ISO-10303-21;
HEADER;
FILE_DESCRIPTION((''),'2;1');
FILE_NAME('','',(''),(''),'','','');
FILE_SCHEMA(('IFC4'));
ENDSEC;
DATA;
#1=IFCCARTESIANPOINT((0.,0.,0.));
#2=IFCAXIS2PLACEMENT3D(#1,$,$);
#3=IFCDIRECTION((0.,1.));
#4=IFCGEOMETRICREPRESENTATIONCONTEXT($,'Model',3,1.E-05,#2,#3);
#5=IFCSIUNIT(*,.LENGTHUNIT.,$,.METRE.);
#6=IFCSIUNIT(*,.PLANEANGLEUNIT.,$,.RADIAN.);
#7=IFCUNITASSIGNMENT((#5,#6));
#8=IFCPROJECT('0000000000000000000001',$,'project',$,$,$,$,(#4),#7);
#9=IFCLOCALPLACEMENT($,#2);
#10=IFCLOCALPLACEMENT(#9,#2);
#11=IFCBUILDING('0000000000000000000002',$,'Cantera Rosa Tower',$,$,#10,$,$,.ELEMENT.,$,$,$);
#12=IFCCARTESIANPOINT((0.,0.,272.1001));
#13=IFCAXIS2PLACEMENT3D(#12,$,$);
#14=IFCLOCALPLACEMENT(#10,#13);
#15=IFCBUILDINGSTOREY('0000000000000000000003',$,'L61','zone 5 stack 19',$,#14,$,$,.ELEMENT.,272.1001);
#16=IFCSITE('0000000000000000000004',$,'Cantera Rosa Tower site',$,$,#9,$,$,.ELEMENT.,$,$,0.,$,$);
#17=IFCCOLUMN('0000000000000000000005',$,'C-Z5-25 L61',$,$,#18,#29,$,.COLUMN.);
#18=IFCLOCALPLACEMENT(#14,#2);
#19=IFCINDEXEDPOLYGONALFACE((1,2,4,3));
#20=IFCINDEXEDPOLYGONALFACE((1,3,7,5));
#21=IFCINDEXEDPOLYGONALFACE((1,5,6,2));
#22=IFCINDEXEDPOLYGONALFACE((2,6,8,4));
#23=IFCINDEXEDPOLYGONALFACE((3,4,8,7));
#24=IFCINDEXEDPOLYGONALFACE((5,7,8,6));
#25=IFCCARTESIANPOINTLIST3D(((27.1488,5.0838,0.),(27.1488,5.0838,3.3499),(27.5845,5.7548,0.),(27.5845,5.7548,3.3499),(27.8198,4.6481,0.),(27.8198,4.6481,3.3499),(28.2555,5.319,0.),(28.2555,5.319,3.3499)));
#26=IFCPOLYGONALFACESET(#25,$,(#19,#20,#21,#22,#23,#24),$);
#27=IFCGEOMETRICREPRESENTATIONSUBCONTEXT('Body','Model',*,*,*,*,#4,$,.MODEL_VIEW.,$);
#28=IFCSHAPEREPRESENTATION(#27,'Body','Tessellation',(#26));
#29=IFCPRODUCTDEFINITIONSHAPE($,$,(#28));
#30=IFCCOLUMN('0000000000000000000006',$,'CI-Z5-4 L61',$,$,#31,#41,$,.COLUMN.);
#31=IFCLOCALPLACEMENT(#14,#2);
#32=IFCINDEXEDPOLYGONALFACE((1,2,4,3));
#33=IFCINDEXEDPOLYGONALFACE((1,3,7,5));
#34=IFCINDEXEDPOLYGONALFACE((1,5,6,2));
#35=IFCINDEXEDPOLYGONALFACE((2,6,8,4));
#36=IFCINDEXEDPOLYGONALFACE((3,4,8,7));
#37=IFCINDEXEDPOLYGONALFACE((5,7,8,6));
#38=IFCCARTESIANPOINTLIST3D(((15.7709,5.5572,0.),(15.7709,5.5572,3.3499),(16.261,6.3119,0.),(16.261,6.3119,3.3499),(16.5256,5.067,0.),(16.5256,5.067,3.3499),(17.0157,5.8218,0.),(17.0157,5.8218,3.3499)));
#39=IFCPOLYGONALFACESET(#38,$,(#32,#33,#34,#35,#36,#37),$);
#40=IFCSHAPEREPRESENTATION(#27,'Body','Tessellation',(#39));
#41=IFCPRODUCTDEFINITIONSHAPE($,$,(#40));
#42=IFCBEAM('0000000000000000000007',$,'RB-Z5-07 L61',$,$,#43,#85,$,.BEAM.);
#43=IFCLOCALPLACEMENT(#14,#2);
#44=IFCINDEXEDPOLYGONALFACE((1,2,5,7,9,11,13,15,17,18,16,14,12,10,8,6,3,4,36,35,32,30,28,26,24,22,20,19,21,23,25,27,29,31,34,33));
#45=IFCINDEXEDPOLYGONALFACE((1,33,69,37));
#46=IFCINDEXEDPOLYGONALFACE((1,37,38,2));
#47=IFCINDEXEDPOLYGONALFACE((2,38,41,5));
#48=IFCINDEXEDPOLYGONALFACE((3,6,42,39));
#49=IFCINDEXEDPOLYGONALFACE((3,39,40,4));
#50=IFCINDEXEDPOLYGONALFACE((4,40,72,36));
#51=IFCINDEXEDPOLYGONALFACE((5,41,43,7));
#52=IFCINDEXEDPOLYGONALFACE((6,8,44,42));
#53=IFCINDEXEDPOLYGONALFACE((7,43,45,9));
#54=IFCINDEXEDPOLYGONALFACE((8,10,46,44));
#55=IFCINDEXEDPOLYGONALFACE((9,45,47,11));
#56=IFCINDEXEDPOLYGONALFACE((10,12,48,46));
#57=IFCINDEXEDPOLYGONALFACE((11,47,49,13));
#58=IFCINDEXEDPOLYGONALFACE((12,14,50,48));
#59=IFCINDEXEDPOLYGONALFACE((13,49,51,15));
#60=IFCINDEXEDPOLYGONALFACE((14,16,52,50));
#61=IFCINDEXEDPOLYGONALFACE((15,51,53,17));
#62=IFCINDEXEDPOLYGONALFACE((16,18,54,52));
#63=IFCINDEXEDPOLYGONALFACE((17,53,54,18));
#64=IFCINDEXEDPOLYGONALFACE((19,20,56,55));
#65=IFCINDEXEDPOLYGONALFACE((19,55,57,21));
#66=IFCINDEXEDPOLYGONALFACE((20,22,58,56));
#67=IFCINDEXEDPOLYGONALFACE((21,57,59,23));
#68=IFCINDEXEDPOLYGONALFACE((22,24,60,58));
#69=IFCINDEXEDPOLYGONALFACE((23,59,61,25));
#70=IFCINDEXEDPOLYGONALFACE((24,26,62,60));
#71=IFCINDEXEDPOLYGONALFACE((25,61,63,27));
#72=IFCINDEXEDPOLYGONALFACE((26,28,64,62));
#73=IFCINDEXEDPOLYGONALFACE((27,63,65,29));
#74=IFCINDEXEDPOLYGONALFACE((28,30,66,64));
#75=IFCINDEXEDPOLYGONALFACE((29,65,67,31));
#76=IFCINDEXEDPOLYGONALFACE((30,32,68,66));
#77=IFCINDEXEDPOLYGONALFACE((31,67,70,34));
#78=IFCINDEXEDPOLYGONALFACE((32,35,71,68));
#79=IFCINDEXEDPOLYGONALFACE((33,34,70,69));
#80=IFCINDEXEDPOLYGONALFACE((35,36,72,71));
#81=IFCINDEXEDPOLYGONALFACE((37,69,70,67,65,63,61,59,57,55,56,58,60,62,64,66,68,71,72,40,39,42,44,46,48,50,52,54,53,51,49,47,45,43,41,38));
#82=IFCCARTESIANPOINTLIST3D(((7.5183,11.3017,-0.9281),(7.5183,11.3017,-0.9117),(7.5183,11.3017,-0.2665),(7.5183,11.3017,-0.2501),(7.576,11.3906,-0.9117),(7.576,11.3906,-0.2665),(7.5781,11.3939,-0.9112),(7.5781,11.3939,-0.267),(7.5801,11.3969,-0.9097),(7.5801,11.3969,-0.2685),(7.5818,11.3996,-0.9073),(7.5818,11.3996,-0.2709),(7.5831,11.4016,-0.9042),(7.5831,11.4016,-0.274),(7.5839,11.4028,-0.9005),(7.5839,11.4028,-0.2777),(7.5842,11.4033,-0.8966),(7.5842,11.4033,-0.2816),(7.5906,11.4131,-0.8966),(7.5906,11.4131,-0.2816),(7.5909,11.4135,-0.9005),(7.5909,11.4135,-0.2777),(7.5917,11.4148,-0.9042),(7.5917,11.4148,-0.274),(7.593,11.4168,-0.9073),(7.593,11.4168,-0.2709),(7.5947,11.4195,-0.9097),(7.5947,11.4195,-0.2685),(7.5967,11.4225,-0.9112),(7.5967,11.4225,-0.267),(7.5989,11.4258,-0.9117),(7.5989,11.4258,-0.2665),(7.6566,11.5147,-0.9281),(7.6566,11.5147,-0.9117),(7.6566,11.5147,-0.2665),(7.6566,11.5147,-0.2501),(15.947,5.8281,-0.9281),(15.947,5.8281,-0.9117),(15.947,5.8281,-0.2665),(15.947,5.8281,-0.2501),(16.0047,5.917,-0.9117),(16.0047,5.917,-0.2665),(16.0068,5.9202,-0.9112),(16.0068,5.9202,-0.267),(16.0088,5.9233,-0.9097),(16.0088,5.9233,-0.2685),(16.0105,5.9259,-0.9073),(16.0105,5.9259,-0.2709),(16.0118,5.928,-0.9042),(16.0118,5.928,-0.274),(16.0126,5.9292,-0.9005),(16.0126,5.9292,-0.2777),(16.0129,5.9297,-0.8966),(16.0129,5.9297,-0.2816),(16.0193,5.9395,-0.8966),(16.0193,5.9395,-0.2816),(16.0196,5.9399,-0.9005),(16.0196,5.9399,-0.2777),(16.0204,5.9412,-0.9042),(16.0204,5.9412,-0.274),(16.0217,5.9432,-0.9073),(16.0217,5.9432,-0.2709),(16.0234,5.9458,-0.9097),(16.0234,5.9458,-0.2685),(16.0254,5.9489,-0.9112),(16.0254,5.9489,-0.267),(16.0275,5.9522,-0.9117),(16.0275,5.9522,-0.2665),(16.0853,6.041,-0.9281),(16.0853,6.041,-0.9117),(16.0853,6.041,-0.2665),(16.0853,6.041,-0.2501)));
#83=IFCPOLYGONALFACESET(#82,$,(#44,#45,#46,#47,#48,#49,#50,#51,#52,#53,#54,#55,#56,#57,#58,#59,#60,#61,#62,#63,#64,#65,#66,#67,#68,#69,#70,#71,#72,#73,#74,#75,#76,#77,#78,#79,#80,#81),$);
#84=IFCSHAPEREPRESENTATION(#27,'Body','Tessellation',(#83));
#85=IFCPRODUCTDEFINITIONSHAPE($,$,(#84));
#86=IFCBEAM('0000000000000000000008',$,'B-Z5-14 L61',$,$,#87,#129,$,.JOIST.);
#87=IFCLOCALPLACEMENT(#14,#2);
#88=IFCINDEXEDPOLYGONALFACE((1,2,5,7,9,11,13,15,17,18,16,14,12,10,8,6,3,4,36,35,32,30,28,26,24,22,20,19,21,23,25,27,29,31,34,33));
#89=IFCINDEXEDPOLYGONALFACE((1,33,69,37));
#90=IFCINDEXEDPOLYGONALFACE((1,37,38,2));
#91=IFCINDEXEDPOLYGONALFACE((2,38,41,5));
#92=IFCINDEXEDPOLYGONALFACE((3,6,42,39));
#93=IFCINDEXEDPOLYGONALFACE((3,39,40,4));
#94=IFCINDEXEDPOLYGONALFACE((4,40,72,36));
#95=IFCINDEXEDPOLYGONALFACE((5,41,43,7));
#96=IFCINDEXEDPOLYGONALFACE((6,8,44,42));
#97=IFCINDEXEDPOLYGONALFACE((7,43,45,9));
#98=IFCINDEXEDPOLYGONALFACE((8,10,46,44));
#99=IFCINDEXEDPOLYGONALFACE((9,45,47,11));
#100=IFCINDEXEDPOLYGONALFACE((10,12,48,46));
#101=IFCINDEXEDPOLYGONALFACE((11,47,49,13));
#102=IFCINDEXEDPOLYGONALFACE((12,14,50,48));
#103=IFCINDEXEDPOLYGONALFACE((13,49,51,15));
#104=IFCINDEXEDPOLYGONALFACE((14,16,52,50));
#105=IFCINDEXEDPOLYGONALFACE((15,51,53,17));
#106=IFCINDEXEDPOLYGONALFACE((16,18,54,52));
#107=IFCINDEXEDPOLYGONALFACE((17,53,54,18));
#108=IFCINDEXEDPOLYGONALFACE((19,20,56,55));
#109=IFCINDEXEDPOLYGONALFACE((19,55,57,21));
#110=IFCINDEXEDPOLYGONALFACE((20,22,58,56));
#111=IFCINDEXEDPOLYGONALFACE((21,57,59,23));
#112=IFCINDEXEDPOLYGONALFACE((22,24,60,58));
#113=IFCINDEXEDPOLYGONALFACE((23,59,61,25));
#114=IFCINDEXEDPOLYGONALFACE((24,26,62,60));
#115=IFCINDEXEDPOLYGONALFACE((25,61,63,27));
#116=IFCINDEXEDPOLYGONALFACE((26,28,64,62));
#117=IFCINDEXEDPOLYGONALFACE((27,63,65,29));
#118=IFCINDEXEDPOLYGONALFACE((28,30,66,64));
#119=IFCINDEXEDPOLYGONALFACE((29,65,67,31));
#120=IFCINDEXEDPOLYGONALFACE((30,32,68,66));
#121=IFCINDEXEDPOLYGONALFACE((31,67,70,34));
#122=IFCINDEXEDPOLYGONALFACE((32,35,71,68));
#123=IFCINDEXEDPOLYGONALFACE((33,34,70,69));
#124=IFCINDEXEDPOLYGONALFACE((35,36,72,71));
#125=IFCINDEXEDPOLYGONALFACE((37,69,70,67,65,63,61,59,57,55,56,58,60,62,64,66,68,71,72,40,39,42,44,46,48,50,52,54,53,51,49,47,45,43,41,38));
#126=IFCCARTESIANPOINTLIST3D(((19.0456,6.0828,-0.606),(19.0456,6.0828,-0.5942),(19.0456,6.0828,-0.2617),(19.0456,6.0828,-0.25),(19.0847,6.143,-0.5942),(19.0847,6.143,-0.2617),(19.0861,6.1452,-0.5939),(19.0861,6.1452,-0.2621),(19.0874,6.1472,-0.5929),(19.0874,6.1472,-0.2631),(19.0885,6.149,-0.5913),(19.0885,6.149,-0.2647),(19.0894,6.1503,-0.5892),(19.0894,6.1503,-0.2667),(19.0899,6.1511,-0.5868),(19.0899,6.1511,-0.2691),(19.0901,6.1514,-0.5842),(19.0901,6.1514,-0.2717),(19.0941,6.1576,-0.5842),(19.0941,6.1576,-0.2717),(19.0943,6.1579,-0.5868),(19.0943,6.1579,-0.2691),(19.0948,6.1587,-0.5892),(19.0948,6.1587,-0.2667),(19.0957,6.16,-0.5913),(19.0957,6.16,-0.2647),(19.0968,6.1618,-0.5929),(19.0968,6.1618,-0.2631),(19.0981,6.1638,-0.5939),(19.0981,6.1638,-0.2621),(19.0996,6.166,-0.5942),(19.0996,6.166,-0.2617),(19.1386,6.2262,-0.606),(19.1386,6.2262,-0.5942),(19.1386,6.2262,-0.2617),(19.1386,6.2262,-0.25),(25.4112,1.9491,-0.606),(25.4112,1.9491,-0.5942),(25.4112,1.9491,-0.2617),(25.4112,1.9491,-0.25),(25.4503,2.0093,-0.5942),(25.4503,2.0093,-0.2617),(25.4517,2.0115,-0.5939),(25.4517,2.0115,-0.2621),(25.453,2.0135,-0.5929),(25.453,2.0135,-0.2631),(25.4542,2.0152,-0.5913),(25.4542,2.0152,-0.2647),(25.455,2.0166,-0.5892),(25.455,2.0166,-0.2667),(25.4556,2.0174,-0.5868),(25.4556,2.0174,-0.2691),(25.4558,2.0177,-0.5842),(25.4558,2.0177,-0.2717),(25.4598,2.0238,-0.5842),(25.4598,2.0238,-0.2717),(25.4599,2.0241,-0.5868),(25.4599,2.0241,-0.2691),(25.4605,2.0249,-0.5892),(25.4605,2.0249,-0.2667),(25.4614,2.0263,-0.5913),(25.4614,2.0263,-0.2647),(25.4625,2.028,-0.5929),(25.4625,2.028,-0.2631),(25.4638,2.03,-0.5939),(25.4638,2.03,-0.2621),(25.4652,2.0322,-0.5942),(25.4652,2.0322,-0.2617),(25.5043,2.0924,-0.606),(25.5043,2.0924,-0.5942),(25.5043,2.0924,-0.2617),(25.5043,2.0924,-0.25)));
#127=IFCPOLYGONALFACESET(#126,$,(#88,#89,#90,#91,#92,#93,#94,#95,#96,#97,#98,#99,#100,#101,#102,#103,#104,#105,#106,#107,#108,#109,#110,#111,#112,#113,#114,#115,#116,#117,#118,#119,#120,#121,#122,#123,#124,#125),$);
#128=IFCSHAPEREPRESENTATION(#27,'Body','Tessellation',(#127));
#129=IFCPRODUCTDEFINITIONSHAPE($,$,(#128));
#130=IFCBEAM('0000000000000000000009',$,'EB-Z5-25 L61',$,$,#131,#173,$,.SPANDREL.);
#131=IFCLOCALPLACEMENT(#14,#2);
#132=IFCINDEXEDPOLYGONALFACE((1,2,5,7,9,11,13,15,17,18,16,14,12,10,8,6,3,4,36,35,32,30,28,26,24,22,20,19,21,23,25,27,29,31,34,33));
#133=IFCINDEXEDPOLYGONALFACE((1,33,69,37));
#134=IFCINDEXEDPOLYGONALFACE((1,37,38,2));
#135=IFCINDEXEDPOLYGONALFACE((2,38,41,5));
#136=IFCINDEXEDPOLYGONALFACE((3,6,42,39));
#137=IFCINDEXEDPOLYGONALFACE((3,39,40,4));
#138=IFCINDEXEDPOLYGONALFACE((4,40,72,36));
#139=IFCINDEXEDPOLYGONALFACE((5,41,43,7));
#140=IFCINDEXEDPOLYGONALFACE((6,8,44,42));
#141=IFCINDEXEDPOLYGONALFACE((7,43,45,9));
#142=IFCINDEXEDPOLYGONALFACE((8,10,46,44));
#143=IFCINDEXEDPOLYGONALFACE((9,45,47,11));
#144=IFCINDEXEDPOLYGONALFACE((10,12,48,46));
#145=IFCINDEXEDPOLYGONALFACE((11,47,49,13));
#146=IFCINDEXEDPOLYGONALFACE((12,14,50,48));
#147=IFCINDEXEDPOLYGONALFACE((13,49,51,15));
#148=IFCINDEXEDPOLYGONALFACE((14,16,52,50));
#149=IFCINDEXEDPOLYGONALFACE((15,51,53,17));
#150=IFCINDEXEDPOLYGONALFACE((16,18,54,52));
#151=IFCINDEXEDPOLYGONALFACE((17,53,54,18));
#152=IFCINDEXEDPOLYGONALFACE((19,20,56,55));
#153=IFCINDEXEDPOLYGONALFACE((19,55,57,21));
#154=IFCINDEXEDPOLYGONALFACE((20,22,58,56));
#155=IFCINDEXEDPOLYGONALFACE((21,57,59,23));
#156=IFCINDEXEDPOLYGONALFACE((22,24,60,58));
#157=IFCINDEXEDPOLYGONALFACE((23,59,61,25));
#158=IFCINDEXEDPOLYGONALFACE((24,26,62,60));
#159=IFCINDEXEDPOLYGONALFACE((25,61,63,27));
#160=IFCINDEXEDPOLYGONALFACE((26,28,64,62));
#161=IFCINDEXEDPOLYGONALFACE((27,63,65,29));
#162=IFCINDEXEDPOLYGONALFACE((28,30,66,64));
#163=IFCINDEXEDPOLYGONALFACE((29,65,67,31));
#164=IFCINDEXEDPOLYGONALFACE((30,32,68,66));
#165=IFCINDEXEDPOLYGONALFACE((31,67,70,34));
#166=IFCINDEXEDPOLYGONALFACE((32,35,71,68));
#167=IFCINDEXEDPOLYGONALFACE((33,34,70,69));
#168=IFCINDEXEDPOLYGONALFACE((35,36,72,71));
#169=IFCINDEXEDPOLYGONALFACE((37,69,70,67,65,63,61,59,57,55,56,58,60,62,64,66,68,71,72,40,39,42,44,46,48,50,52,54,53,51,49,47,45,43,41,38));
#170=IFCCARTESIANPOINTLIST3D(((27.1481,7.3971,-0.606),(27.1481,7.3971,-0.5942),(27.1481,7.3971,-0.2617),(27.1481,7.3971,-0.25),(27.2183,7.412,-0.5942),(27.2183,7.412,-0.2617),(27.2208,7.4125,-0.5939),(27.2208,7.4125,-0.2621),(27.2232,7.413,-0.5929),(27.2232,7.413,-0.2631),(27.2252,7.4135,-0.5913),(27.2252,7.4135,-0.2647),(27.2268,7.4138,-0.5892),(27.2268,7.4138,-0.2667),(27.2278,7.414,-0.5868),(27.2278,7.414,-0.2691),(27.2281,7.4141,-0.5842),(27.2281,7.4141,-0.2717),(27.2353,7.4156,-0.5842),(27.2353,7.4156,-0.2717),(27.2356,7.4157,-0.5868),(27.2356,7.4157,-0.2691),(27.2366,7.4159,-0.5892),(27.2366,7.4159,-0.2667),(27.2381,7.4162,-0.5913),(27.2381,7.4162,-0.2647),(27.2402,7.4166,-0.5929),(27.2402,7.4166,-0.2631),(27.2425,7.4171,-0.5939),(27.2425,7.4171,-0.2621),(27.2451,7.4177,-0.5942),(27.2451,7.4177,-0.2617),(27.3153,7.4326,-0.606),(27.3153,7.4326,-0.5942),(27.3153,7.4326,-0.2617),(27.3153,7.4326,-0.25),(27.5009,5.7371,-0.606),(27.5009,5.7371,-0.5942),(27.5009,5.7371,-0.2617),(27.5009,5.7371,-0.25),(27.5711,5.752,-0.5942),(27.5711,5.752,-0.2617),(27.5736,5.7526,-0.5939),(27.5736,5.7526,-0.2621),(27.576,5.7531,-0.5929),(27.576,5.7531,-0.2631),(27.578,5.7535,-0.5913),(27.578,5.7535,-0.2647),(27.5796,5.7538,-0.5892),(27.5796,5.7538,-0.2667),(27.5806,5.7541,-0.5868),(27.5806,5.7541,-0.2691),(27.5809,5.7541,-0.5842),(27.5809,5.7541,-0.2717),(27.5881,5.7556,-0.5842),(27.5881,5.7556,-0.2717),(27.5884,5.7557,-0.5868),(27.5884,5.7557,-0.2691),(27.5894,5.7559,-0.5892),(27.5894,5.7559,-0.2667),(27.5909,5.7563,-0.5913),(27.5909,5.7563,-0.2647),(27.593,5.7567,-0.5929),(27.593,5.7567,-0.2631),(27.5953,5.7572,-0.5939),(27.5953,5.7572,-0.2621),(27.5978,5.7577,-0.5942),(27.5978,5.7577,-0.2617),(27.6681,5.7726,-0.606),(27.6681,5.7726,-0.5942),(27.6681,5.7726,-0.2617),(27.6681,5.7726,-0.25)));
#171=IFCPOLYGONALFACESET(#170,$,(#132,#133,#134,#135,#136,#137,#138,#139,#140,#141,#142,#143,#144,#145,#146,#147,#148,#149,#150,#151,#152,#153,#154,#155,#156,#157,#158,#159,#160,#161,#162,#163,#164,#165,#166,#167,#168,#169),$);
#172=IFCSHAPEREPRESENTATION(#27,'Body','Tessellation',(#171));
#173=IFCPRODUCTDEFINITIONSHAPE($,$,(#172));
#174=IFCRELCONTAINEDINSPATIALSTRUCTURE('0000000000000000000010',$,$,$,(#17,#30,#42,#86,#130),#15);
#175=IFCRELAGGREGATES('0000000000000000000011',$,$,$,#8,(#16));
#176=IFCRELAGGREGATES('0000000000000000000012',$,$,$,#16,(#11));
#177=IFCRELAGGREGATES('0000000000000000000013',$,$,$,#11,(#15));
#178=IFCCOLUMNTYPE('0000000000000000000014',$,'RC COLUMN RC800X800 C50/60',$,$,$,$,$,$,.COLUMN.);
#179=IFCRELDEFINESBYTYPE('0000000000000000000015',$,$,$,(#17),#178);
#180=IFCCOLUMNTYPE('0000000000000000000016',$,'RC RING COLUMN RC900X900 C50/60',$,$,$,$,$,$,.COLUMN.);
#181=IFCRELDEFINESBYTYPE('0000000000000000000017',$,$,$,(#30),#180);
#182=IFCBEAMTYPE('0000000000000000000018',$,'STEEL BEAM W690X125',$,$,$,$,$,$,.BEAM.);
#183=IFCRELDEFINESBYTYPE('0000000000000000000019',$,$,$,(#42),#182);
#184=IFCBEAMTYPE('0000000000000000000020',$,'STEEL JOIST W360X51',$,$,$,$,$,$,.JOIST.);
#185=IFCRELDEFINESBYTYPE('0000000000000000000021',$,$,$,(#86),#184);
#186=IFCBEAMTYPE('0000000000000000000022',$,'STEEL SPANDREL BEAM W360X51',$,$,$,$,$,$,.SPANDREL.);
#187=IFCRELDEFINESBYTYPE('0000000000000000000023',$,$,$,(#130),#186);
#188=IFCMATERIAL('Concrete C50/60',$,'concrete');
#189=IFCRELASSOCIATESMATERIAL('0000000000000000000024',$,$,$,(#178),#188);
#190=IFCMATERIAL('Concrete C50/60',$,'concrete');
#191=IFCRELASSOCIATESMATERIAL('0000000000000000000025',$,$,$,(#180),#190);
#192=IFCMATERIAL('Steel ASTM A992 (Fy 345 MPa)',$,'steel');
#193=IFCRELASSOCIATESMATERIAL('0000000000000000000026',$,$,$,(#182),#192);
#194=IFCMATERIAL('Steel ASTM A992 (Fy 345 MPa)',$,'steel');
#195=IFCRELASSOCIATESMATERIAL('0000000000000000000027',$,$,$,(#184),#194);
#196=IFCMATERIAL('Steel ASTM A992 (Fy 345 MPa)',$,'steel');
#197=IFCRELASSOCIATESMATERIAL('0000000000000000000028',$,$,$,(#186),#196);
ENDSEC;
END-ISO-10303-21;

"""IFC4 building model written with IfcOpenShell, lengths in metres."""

from ifc_helpers import new_model, si_unit, direction, frame, origin, origin_2d, place, context, subcontext, project, spatial, rectangle, i_section, extrude, material, material_profile, profile_set, type_object, element, save


model = new_model("IFC4")

# Units and contexts
model_context = context("Model", 3, precision=1e-05, world=origin(), true_north=direction((0.0, 1.0)))
body_context = subcontext(model_context, "Body", "Model", "MODEL_VIEW")
ifc_project = project(units=[si_unit("LENGTHUNIT", "METRE"), si_unit("PLANEANGLEUNIT", "RADIAN")], contexts=[model_context])

# Site, building, storey
site_placement = place(None, origin())
site = spatial("IfcSite", under=ifc_project, at=site_placement, Name="Cantera Rosa Tower site", CompositionType="ELEMENT", RefElevation=0.0)
building_placement = place(site_placement, origin())
building = spatial("IfcBuilding", under=site, at=building_placement, Name="Cantera Rosa Tower", CompositionType="ELEMENT")
storey_placement = place(building_placement, frame((0.0, 0.0, 272.1001)))
storey = spatial("IfcBuildingStorey", under=building, at=storey_placement, Name="L61", Description="zone 5 stack 19", CompositionType="ELEMENT", Elevation=272.1001)

# Columns
ifc_material_1 = material(Name="Concrete C50/60", Category="concrete")
ifc_material_profile_1 = material_profile(ifc_material_1, rectangle(XDim=0.8, YDim=0.8, at=origin_2d()), Name="RC COLUMN RC800X800 C50/60")
ifc_profile_set_1 = profile_set([ifc_material_profile_1], Name="Concrete C50/60")
column_type_1 = type_object("IfcColumnType", Name="RC COLUMN RC800X800 C50/60", PredefinedType="COLUMN", material=ifc_profile_set_1)
column_1_placement = place(storey_placement, frame((27.7021, 5.2014, 0.0), z_axis=(0.0, 0.0, 1.0), x_axis=(0.544639, 0.838671, 0.0)))
element("IfcColumn", 1, at=column_1_placement, inside=storey, type_object=column_type_1, Name="C-Z5-25 L61", PredefinedType="COLUMN", context=body_context, shape_type="SweptSolid", body=[
    extrude(rectangle(XDim=0.8, YDim=0.8, at=origin_2d()), origin(), (0.0, 0.0, 1.0), 3.3499),
])
ifc_material_2 = material(Name="Concrete C50/60", Category="concrete")
ifc_material_profile_2 = material_profile(ifc_material_2, rectangle(XDim=0.8999, YDim=0.8999, at=origin_2d()), Name="RC RING COLUMN RC900X900 C50/60")
ifc_profile_set_2 = profile_set([ifc_material_profile_2], Name="Concrete C50/60")
column_type_2 = type_object("IfcColumnType", Name="RC RING COLUMN RC900X900 C50/60", PredefinedType="COLUMN", material=ifc_profile_set_2)
column_2_placement = place(storey_placement, frame((16.3933, 5.6895, 0.0), z_axis=(0.0, 0.0, 1.0), x_axis=(0.544639, 0.838671, 0.0)))
element("IfcColumn", 2, at=column_2_placement, inside=storey, type_object=column_type_2, Name="CI-Z5-4 L61", PredefinedType="COLUMN", context=body_context, shape_type="SweptSolid", body=[
    extrude(rectangle(XDim=0.8999, YDim=0.8999, at=origin_2d()), origin(), (0.0, 0.0, 1.0), 3.3499),
])

# Beams
ifc_material_3 = material(Name="Steel ASTM A992 (Fy 345 MPa)", Category="steel")
ifc_material_profile_3 = material_profile(ifc_material_3, i_section(OverallWidth=0.2539, OverallDepth=0.678, WebThickness=0.0117, FlangeThickness=0.0164, FilletRadius=0.0151, at=origin_2d()), Name="W690X125")
ifc_profile_set_3 = profile_set([ifc_material_profile_3], Name="Steel ASTM A992 (Fy 345 MPa)")
beam_type_1 = type_object("IfcBeamType", Name="STEEL BEAM W690X125", PredefinedType="BEAM", material=ifc_profile_set_3)
beam_1_placement = place(storey_placement, frame((16.0161, 5.9346, -0.5891), z_axis=(-0.838672, 0.544637, 0.0), x_axis=(-0.544637, -0.838672, 0.0)))
element("IfcBeam", 3, at=beam_1_placement, inside=storey, type_object=beam_type_1, Name="RB-Z5-07 L61", PredefinedType="BEAM", context=body_context, shape_type="SweptSolid", body=[
    extrude(i_section(OverallWidth=0.2539, OverallDepth=0.678, WebThickness=0.0117, FlangeThickness=0.0164, FilletRadius=0.0151, at=origin_2d()), origin(), (0.0, 0.0, 1.0), 10.05),
])
ifc_material_4 = material(Name="Steel ASTM A992 (Fy 345 MPa)", Category="steel")
ifc_material_profile_4 = material_profile(ifc_material_4, i_section(OverallWidth=0.1709, OverallDepth=0.356, WebThickness=0.0073, FlangeThickness=0.0117, FilletRadius=0.01, at=origin_2d()), Name="W360X51")
ifc_profile_set_4 = profile_set([ifc_material_profile_4], Name="Steel ASTM A992 (Fy 345 MPa)")
beam_type_2 = type_object("IfcBeamType", Name="STEEL JOIST W360X51", PredefinedType="JOIST", material=ifc_profile_set_4)
beam_2_placement = place(storey_placement, frame((25.4578, 2.0208, -0.428), z_axis=(-0.83868, 0.544624, 0.0), x_axis=(-0.544624, -0.83868, 0.0)))
element("IfcBeam", 4, at=beam_2_placement, inside=storey, type_object=beam_type_2, Name="B-Z5-14 L61", PredefinedType="JOIST", context=body_context, shape_type="SweptSolid", body=[
    extrude(i_section(OverallWidth=0.1709, OverallDepth=0.356, WebThickness=0.0073, FlangeThickness=0.0117, FilletRadius=0.01, at=origin_2d()), origin(), (0.0, 0.0, 1.0), 7.5901),
])
ifc_material_5 = material(Name="Steel ASTM A992 (Fy 345 MPa)", Category="steel")
ifc_material_profile_5 = material_profile(ifc_material_5, i_section(OverallWidth=0.1709, OverallDepth=0.356, WebThickness=0.0073, FlangeThickness=0.0117, FilletRadius=0.01, at=origin_2d()), Name="W360X51")
ifc_profile_set_5 = profile_set([ifc_material_profile_5], Name="Steel ASTM A992 (Fy 345 MPa)")
beam_type_3 = type_object("IfcBeamType", Name="STEEL SPANDREL BEAM W360X51", PredefinedType="SPANDREL", material=ifc_profile_set_5)
beam_3_placement = place(storey_placement, frame((27.5845, 5.7549, -0.428), z_axis=(-0.207888, 0.978153, 0.0), x_axis=(-0.978153, -0.207888, 0.0)))
element("IfcBeam", 5, at=beam_3_placement, inside=storey, type_object=beam_type_3, Name="EB-Z5-25 L61", PredefinedType="SPANDREL", context=body_context, shape_type="SweptSolid", body=[
    extrude(i_section(OverallWidth=0.1709, OverallDepth=0.356, WebThickness=0.0073, FlangeThickness=0.0117, FilletRadius=0.01, at=origin_2d()), origin(), (0.0, 0.0, 1.0), 1.697),
])

save(model, "model.ifc")
